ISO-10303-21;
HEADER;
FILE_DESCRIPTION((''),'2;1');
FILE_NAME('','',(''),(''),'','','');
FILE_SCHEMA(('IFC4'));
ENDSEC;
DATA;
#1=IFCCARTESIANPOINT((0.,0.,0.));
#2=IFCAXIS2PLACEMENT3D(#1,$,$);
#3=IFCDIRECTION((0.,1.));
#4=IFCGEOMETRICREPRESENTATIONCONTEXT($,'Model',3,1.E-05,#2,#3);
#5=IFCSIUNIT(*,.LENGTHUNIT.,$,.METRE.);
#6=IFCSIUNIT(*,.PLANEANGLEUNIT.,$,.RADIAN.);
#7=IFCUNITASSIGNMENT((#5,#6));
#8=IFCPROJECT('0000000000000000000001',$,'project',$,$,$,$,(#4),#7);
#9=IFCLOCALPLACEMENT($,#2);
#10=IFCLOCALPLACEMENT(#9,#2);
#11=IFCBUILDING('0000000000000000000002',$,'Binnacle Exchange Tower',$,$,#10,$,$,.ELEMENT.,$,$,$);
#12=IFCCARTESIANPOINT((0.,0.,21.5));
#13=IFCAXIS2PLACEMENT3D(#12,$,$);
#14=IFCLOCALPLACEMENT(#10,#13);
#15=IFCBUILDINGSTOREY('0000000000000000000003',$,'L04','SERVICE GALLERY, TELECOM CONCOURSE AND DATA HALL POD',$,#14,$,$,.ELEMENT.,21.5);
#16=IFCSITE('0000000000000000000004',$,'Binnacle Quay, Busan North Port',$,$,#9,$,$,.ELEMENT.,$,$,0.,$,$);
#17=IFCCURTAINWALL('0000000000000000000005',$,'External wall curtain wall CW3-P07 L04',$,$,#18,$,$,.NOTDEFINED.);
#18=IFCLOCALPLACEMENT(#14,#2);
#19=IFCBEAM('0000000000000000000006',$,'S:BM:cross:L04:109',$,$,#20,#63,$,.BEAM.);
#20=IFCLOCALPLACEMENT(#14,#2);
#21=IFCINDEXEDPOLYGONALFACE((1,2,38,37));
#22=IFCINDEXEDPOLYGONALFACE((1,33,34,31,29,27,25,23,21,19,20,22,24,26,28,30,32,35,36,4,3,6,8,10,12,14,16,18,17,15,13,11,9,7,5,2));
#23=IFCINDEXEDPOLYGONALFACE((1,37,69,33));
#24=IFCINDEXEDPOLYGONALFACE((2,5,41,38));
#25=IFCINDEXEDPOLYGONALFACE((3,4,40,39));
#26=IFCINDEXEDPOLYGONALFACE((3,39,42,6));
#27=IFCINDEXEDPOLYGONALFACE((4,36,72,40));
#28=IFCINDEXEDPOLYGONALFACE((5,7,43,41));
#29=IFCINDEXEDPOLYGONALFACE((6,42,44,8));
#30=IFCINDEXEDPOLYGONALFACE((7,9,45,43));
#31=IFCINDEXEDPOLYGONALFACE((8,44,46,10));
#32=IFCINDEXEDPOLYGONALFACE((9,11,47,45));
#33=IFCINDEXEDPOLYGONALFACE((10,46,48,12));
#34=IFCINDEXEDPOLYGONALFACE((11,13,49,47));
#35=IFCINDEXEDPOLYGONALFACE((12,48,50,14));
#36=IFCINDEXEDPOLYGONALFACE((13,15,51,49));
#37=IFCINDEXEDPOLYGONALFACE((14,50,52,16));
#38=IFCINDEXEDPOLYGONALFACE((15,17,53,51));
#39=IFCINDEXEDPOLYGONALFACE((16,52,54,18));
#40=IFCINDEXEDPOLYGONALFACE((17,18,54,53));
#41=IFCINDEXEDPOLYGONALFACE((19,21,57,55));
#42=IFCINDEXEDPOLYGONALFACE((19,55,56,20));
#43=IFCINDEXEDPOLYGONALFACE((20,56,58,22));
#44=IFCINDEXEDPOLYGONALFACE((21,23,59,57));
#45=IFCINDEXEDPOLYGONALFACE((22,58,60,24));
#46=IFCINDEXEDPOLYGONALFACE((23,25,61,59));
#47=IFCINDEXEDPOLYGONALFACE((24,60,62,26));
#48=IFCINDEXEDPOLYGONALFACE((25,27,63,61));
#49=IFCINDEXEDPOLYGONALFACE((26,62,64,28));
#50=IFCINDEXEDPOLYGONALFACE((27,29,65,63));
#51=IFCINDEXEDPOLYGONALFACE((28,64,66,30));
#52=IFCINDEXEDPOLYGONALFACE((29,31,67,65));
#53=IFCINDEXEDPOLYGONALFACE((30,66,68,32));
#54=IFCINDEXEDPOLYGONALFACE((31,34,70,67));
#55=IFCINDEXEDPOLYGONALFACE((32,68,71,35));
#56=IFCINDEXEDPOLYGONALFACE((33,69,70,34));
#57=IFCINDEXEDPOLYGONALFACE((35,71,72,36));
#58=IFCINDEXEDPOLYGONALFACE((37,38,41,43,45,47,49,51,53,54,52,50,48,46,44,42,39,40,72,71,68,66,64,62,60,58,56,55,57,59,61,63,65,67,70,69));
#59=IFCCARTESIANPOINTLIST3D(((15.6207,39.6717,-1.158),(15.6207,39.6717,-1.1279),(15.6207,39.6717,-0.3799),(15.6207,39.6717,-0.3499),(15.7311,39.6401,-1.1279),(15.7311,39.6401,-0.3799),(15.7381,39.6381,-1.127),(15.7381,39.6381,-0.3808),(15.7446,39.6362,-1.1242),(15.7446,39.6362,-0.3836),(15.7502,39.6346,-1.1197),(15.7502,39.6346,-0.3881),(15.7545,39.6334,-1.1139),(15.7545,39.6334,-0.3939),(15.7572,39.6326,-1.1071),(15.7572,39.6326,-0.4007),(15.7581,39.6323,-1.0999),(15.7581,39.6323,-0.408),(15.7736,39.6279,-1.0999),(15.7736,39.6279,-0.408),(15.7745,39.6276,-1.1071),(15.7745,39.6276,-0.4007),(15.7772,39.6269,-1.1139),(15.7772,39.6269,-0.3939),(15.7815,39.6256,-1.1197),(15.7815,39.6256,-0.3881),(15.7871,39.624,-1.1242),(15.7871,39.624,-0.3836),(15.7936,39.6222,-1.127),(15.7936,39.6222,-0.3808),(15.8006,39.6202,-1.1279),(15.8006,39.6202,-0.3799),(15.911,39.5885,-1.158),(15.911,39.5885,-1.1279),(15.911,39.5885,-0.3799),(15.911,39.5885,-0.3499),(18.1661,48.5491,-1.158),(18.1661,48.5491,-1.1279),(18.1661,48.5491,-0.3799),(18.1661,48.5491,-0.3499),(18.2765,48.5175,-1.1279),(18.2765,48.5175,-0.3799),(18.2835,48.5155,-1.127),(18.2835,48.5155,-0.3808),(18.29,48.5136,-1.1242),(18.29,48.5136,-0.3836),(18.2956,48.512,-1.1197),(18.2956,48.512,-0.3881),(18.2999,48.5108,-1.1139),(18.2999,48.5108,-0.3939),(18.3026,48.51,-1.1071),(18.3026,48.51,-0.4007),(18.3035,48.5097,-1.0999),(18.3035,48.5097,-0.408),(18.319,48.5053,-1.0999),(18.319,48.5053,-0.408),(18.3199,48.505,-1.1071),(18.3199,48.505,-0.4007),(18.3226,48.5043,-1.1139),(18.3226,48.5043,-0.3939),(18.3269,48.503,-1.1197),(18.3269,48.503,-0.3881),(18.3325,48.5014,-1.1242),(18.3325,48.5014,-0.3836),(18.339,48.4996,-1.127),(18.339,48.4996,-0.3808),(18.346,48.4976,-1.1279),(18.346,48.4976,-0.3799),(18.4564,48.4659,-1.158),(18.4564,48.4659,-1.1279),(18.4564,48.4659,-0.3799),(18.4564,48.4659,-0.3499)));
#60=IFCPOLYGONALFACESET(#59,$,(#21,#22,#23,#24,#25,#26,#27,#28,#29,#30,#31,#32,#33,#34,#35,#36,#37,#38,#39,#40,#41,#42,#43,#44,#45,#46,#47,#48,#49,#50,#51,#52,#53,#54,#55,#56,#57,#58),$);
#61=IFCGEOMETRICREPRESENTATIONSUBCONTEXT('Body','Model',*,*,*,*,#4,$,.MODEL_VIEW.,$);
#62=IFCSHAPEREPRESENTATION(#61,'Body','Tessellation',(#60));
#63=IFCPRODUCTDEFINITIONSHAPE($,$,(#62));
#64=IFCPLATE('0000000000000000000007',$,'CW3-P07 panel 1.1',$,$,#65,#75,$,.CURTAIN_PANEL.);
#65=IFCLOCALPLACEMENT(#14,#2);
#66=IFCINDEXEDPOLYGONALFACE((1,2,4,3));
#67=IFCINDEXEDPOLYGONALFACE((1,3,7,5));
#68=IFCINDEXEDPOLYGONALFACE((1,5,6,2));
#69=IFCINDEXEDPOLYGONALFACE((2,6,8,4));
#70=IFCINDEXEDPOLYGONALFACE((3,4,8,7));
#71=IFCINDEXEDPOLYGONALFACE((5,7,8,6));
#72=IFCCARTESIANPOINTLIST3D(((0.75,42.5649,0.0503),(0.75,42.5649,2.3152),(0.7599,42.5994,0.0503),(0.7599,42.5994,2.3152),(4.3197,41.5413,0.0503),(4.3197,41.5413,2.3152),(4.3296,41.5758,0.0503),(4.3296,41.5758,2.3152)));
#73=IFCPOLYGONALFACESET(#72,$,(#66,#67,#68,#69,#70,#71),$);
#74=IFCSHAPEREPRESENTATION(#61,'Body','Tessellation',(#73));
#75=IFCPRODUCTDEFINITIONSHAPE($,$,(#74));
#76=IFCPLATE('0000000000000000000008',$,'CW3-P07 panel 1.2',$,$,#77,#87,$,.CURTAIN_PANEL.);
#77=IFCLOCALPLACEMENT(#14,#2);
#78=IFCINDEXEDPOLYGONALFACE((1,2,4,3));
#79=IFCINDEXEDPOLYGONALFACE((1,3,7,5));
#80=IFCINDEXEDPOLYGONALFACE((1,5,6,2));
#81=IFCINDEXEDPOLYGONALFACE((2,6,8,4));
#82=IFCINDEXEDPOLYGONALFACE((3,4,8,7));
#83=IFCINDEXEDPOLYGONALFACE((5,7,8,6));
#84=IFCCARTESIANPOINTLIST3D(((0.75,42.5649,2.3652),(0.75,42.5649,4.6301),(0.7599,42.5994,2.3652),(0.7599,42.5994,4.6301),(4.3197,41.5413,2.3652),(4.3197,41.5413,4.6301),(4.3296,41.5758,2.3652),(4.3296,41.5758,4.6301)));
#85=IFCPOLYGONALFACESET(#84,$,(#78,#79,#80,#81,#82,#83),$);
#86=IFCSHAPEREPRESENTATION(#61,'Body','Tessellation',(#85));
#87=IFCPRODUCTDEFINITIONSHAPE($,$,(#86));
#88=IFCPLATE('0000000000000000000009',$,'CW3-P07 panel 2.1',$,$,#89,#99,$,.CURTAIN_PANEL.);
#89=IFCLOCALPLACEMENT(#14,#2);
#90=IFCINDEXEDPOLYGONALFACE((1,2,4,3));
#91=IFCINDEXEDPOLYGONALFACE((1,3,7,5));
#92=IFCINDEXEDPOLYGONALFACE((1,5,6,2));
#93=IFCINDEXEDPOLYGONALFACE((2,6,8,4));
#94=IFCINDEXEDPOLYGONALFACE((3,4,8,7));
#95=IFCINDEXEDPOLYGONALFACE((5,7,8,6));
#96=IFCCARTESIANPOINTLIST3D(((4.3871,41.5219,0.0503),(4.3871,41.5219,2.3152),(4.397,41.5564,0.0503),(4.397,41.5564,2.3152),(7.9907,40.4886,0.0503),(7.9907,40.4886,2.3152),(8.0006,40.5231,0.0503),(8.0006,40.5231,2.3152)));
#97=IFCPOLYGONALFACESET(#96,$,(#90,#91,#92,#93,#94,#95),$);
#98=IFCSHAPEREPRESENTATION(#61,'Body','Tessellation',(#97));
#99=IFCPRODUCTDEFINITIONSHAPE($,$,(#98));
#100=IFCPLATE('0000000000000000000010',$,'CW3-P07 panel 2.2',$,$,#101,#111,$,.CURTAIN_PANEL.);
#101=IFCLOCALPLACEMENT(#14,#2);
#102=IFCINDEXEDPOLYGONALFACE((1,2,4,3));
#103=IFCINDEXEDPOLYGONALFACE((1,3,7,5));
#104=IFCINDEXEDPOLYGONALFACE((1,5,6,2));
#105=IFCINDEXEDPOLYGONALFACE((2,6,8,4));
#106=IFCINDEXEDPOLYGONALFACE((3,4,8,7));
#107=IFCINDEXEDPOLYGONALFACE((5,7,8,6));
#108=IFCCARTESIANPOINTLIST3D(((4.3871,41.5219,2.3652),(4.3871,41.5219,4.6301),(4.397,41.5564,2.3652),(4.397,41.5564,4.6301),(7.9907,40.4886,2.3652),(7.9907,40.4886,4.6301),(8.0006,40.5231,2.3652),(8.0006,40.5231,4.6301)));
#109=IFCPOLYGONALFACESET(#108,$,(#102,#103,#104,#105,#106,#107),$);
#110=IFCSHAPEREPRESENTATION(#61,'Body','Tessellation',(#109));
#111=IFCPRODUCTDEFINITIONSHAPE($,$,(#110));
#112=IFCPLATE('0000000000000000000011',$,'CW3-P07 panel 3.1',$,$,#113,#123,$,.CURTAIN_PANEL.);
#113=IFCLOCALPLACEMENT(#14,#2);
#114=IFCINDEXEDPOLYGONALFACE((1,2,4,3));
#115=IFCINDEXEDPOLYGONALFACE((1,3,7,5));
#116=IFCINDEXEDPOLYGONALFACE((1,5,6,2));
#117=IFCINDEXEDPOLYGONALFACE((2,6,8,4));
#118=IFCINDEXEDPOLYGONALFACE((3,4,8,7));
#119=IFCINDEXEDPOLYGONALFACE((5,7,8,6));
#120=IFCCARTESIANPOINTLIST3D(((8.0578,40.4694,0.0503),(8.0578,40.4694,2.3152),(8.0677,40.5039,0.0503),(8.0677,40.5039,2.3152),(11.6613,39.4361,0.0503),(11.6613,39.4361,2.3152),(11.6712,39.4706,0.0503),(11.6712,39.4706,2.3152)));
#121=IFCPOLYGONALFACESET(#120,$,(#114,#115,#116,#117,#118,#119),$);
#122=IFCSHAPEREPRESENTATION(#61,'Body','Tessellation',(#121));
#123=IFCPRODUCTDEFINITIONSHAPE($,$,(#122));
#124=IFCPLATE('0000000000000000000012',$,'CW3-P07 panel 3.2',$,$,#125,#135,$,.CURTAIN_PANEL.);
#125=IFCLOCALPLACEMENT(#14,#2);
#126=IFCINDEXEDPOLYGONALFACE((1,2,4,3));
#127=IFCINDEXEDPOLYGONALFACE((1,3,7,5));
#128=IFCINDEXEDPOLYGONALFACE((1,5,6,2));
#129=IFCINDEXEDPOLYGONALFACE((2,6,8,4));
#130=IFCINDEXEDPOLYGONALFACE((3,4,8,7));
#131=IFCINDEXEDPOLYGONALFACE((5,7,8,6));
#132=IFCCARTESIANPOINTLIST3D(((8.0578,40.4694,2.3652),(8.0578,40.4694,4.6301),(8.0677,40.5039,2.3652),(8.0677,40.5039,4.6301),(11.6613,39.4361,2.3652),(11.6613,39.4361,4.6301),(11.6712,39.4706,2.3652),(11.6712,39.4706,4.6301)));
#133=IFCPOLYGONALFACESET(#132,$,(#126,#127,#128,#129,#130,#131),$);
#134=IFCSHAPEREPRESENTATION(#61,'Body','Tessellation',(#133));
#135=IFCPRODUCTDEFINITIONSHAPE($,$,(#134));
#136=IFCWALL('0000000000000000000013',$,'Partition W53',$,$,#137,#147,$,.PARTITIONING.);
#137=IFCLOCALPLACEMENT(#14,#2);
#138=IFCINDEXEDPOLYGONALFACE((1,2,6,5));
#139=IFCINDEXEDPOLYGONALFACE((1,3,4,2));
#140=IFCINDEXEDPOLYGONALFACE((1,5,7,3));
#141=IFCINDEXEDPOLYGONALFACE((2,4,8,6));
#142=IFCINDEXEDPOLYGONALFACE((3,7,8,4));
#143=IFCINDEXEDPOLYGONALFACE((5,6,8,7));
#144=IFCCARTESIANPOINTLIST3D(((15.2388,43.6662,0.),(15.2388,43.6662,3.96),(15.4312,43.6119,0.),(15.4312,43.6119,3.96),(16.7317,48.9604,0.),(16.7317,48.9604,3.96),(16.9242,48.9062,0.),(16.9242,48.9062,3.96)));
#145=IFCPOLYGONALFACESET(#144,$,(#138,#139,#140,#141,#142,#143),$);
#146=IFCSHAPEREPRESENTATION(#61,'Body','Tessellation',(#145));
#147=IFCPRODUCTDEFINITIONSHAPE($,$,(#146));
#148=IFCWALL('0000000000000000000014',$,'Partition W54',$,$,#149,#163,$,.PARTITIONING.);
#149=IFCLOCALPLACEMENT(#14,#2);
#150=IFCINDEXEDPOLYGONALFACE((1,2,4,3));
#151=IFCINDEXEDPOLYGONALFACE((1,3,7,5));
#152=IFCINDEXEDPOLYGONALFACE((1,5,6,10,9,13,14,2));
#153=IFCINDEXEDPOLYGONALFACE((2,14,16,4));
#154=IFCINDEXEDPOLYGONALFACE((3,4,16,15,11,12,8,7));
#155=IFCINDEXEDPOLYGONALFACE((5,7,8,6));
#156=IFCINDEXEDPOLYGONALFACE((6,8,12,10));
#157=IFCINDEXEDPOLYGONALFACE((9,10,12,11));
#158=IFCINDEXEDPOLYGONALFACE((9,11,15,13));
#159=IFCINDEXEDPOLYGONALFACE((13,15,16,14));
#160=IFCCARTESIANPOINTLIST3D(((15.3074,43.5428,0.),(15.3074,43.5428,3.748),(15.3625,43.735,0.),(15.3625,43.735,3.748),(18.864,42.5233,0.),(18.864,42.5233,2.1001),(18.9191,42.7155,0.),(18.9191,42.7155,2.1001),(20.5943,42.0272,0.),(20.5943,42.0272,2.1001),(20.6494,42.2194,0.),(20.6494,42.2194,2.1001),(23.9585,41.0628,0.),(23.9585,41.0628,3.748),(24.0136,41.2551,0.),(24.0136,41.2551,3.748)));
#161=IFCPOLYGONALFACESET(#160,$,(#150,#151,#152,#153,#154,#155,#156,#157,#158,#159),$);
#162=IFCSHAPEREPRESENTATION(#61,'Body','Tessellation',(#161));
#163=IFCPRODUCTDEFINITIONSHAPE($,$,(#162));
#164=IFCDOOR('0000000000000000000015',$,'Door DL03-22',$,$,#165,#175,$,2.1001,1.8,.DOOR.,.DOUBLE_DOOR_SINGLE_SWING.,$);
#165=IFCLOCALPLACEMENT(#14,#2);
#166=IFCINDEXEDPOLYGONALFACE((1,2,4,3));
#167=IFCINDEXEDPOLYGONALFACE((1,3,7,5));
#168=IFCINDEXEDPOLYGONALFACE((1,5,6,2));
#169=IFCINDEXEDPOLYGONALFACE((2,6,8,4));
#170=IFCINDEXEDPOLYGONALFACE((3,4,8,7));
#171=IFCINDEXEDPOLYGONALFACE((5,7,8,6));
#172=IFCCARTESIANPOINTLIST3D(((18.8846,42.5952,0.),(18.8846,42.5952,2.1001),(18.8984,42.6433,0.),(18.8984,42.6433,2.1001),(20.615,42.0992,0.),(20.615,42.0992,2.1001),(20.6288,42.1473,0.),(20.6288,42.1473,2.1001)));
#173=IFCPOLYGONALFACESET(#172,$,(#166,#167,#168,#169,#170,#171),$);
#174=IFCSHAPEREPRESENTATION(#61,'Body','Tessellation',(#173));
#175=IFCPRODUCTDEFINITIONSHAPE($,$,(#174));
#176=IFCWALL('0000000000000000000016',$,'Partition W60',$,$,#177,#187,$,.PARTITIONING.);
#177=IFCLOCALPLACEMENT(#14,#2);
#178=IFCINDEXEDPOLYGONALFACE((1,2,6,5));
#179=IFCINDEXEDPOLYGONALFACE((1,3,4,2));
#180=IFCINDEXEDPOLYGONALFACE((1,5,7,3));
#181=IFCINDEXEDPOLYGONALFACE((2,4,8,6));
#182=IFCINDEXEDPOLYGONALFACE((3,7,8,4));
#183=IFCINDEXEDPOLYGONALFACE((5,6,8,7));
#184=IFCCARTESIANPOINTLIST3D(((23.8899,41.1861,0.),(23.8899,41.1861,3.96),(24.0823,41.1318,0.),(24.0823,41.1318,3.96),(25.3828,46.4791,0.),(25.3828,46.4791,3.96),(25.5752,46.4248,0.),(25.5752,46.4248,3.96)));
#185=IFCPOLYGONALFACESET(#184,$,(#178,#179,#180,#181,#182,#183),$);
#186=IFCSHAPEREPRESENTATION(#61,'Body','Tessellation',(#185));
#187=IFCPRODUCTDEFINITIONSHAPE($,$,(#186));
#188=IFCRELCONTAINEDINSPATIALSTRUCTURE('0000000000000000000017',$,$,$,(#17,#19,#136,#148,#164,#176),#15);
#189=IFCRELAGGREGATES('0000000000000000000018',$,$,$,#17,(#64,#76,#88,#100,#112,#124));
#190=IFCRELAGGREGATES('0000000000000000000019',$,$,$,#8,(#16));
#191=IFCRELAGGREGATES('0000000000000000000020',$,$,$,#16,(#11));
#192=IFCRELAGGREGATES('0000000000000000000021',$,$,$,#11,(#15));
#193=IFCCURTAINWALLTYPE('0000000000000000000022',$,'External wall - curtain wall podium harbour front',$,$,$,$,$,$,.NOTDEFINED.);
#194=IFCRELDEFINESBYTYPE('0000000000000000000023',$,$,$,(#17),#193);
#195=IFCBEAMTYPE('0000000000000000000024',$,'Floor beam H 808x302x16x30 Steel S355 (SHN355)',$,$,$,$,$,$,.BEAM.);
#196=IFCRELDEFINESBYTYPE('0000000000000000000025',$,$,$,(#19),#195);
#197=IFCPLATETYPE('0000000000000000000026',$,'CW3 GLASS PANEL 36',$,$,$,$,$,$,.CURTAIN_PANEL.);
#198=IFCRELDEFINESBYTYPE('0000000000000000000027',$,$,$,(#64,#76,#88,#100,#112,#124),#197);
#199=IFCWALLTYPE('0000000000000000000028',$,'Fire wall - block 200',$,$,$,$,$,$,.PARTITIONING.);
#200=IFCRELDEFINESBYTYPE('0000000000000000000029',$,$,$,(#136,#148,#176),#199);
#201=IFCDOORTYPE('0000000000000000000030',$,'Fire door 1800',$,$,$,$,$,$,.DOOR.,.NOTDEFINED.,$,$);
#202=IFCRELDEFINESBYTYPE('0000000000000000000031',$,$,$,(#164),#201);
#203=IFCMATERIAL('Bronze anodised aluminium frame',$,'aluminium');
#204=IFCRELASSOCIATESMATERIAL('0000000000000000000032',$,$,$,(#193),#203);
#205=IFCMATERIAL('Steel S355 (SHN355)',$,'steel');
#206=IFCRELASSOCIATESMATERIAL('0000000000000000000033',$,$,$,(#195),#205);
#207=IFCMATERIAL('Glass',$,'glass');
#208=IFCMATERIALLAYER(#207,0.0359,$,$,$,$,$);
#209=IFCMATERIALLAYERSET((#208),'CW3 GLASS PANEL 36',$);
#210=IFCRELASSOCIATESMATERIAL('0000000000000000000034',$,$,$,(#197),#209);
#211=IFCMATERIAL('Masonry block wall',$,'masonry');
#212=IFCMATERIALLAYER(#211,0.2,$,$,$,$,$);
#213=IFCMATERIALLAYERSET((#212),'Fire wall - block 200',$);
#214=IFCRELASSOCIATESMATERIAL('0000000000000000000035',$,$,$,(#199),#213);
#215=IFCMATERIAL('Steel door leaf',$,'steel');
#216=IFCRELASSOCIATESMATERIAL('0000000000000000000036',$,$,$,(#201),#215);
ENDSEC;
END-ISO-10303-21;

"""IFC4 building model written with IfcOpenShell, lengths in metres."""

from ifc_helpers import new_model, si_unit, direction, frame, frame_2d, origin, origin_2d, place, context, subcontext, project, spatial, rectangle, i_section, extrude, material, layer, layer_set, material_profile, profile_set, type_object, element, fill, aggregate, save


model = new_model("IFC4")

# Units and contexts
model_context = context("Model", 3, precision=1e-05, world=origin(), true_north=direction((0.0, 1.0)))
body_context = subcontext(model_context, "Body", "Model", "MODEL_VIEW")
ifc_project = project(units=[si_unit("LENGTHUNIT", "METRE"), si_unit("PLANEANGLEUNIT", "RADIAN")], contexts=[model_context])

# Site, building, storey
site_placement = place(None, origin())
site = spatial("IfcSite", under=ifc_project, at=site_placement, Name="Binnacle Quay, Busan North Port", CompositionType="ELEMENT", RefElevation=0.0)
building_placement = place(site_placement, origin())
building = spatial("IfcBuilding", under=site, at=building_placement, Name="Binnacle Exchange Tower", CompositionType="ELEMENT")
storey_placement = place(building_placement, frame((0.0, 0.0, 21.5)))
storey = spatial("IfcBuildingStorey", under=building, at=storey_placement, Name="L04", Description="SERVICE GALLERY, TELECOM CONCOURSE AND DATA HALL POD", CompositionType="ELEMENT", Elevation=21.5)

# Shared definitions
ifc_material_1 = material(Name="Bronze anodised aluminium frame", Category="aluminium")
curtain_wall_type = type_object("IfcCurtainWallType", Name="External wall - curtain wall podium harbour front", PredefinedType="NOTDEFINED", material=ifc_material_1)

# Curtain wall
curtain_wall_1_placement = place(storey_placement, origin())
curtain_wall_1 = element("IfcCurtainWall", 1, at=curtain_wall_1_placement, inside=storey, type_object=curtain_wall_type, Name="External wall curtain wall CW3-P07 L04", PredefinedType="NOTDEFINED")

# Beam
ifc_material_2 = material(Name="Steel S355 (SHN355)", Category="steel")
ifc_material_profile_1 = material_profile(ifc_material_2, i_section(OverallWidth=0.302, OverallDepth=0.8081, WebThickness=0.0161, FlangeThickness=0.03, FilletRadius=0.0281, at=origin_2d()), Name="H 808x302x16x30")
ifc_profile_set_1 = profile_set([ifc_material_profile_1], Name="Steel S355 (SHN355)")
beam_type_1 = type_object("IfcBeamType", Name="Floor beam H 808x302x16x30 Steel S355 (SHN355)", PredefinedType="BEAM", material=ifc_profile_set_1)
beam_1_placement = place(storey_placement, frame((15.7659, 39.6301, -0.7539), z_axis=(0.275622, 0.961266, 0.0), x_axis=(-0.961266, 0.275622, 0.0)))
element("IfcBeam", 2, at=beam_1_placement, inside=storey, type_object=beam_type_1, Name="S:BM:cross:L04:109", PredefinedType="BEAM", context=body_context, shape_type="SweptSolid", body=[
    extrude(i_section(OverallWidth=0.302, OverallDepth=0.8081, WebThickness=0.0161, FlangeThickness=0.03, FilletRadius=0.0281, at=origin_2d()), origin(), (0.0, 0.0, 1.0), 9.2351),
])

# Plates
ifc_material_3 = material(Name="Glass", Category="glass")
ifc_layer_1 = layer(ifc_material_3, 0.0359)
ifc_layer_set_1 = layer_set([ifc_layer_1], Name="CW3 GLASS PANEL 36")
plate_type = type_object("IfcPlateType", Name="CW3 GLASS PANEL 36", PredefinedType="CURTAIN_PANEL", material=ifc_layer_set_1)
plate_1_placement = place(storey_placement, frame((2.5398, 42.0703, 0.0503), z_axis=(0.0, 0.0, 1.0), x_axis=(0.961262, -0.275637, 0.0)))
plate_1 = element("IfcPlate", 3, at=plate_1_placement, type_object=plate_type, Name="CW3-P07 panel 1.1", PredefinedType="CURTAIN_PANEL", context=body_context, shape_type="SweptSolid", body=[
    extrude(rectangle(XDim=3.7136, YDim=0.0359, at=origin_2d()), origin(), (0.0, 0.0, 1.0), 2.2649),
])
plate_2_placement = place(storey_placement, frame((2.5398, 42.0703, 2.3652), z_axis=(0.0, 0.0, 1.0), x_axis=(0.961262, -0.275637, 0.0)))
plate_2 = element("IfcPlate", 4, at=plate_2_placement, type_object=plate_type, Name="CW3-P07 panel 1.2", PredefinedType="CURTAIN_PANEL", context=body_context, shape_type="SweptSolid", body=[
    extrude(rectangle(XDim=3.7136, YDim=0.0359, at=origin_2d()), origin(), (0.0, 0.0, 1.0), 2.2649),
])
plate_3_placement = place(storey_placement, frame((6.1938, 41.0225, 0.0503), z_axis=(0.0, 0.0, 1.0), x_axis=(0.961262, -0.275637, 0.0)))
plate_3 = element("IfcPlate", 5, at=plate_3_placement, type_object=plate_type, Name="CW3-P07 panel 2.1", PredefinedType="CURTAIN_PANEL", context=body_context, shape_type="SweptSolid", body=[
    extrude(rectangle(XDim=3.7488, YDim=0.0359, at=origin_2d()), origin(), (0.0, 0.0, 1.0), 2.2649),
])
plate_4_placement = place(storey_placement, frame((6.1938, 41.0225, 2.3652), z_axis=(0.0, 0.0, 1.0), x_axis=(0.961262, -0.275637, 0.0)))
plate_4 = element("IfcPlate", 6, at=plate_4_placement, type_object=plate_type, Name="CW3-P07 panel 2.2", PredefinedType="CURTAIN_PANEL", context=body_context, shape_type="SweptSolid", body=[
    extrude(rectangle(XDim=3.7488, YDim=0.0359, at=origin_2d()), origin(), (0.0, 0.0, 1.0), 2.2649),
])
plate_5_placement = place(storey_placement, frame((9.8645, 39.97, 0.0503), z_axis=(0.0, 0.0, 1.0), x_axis=(0.961262, -0.275637, 0.0)))
plate_5 = element("IfcPlate", 7, at=plate_5_placement, type_object=plate_type, Name="CW3-P07 panel 3.1", PredefinedType="CURTAIN_PANEL", context=body_context, shape_type="SweptSolid", body=[
    extrude(rectangle(XDim=3.7488, YDim=0.0359, at=origin_2d()), origin(), (0.0, 0.0, 1.0), 2.2649),
])
plate_6_placement = place(storey_placement, frame((9.8645, 39.97, 2.3652), z_axis=(0.0, 0.0, 1.0), x_axis=(0.961262, -0.275637, 0.0)))
plate_6 = element("IfcPlate", 8, at=plate_6_placement, type_object=plate_type, Name="CW3-P07 panel 3.2", PredefinedType="CURTAIN_PANEL", context=body_context, shape_type="SweptSolid", body=[
    extrude(rectangle(XDim=3.7488, YDim=0.0359, at=origin_2d()), origin(), (0.0, 0.0, 1.0), 2.2649),
])
aggregate(curtain_wall_1, [plate_1, plate_2, plate_3, plate_4, plate_5, plate_6])

# Wall
ifc_material_4 = material(Name="Masonry block wall", Category="masonry")
ifc_layer_2 = layer(ifc_material_4, 0.2)
ifc_layer_set_2 = layer_set([ifc_layer_2], Name="Fire wall - block 200")
wall_type_1 = type_object("IfcWallType", Name="Fire wall - block 200", PredefinedType="PARTITIONING", material=ifc_layer_set_2)
wall_1_placement = place(storey_placement, frame((15.335, 43.6389, 0.0), z_axis=(0.0, 0.0, 1.0), x_axis=(0.271407, 0.962465, 0.0)))
element("IfcWall", 9, at=wall_1_placement, inside=storey, type_object=wall_type_1, Name="Partition W53", PredefinedType="PARTITIONING", context=body_context, shape_type="SweptSolid", body=[
    extrude(rectangle(XDim=5.5007, YDim=0.2, at=frame_2d((2.7505, 0.0))), origin(), (0.0, 0.0, 1.0), 3.96),
])

# Wall, opening, door
wall_2_placement = place(storey_placement, frame((15.335, 43.6389, 0.0), z_axis=(0.0, 0.0, 1.0), x_axis=(0.961282, -0.275567, 0.0)))
wall_2 = element("IfcWall", 10, at=wall_2_placement, inside=storey, type_object=wall_type_1, Name="Partition W54", PredefinedType="PARTITIONING", context=body_context, shape_type="SweptSolid", body=[
    extrude(rectangle(XDim=8.9995, YDim=0.2, at=frame_2d((4.4998, 0.0))), origin(), (0.0, 0.0, 1.0), 3.748),
])
opening_placement = place(wall_2_placement, frame((3.7, 0.0, 0.0)))
opening = element("IfcOpeningElement", 11, at=opening_placement, cuts=wall_2, PredefinedType="OPENING", context=body_context, shape_type="SweptSolid", body=[
    extrude(rectangle(XDim=1.8, YDim=2.1001, at=frame_2d((0.8999, 1.05))), frame((0.0, 0.1099, 0.0), z_axis=(0.0, -1.0, 0.0), x_axis=(1.0, 0.0, 0.0)), (0.0, 0.0, 1.0), 0.22),
])
ifc_material_5 = material(Name="Steel door leaf", Category="steel")
door_type = type_object("IfcDoorType", Name="Fire door 1800", OperationType="NOTDEFINED", PredefinedType="DOOR", material=ifc_material_5)
door_placement = place(opening_placement, origin())
door = element("IfcDoor", 12, at=door_placement, inside=storey, type_object=door_type, Name="Door DL03-22", OperationType="DOUBLE_DOOR_SINGLE_SWING", OverallHeight=2.1001, OverallWidth=1.8, PredefinedType="DOOR", context=body_context, shape_type="SweptSolid", body=[
    extrude(rectangle(XDim=1.8, YDim=2.1001, at=frame_2d((0.8999, 1.05))), frame((0.0, 0.0249, 0.0), z_axis=(0.0, -1.0, 0.0), x_axis=(1.0, 0.0, 0.0)), (0.0, 0.0, 1.0), 0.05),
])
fill(opening, door)

# Wall
wall_3_placement = place(storey_placement, frame((23.9861, 41.1589, 0.0), z_axis=(0.0, 0.0, 1.0), x_axis=(0.271465, 0.962448, 0.0)))
element("IfcWall", 13, at=wall_3_placement, inside=storey, type_object=wall_type_1, Name="Partition W60", PredefinedType="PARTITIONING", context=body_context, shape_type="SweptSolid", body=[
    extrude(rectangle(XDim=5.4995, YDim=0.2, at=frame_2d((2.7498, 0.0))), origin(), (0.0, 0.0, 1.0), 3.96),
])

save(model, "model.ifc")
